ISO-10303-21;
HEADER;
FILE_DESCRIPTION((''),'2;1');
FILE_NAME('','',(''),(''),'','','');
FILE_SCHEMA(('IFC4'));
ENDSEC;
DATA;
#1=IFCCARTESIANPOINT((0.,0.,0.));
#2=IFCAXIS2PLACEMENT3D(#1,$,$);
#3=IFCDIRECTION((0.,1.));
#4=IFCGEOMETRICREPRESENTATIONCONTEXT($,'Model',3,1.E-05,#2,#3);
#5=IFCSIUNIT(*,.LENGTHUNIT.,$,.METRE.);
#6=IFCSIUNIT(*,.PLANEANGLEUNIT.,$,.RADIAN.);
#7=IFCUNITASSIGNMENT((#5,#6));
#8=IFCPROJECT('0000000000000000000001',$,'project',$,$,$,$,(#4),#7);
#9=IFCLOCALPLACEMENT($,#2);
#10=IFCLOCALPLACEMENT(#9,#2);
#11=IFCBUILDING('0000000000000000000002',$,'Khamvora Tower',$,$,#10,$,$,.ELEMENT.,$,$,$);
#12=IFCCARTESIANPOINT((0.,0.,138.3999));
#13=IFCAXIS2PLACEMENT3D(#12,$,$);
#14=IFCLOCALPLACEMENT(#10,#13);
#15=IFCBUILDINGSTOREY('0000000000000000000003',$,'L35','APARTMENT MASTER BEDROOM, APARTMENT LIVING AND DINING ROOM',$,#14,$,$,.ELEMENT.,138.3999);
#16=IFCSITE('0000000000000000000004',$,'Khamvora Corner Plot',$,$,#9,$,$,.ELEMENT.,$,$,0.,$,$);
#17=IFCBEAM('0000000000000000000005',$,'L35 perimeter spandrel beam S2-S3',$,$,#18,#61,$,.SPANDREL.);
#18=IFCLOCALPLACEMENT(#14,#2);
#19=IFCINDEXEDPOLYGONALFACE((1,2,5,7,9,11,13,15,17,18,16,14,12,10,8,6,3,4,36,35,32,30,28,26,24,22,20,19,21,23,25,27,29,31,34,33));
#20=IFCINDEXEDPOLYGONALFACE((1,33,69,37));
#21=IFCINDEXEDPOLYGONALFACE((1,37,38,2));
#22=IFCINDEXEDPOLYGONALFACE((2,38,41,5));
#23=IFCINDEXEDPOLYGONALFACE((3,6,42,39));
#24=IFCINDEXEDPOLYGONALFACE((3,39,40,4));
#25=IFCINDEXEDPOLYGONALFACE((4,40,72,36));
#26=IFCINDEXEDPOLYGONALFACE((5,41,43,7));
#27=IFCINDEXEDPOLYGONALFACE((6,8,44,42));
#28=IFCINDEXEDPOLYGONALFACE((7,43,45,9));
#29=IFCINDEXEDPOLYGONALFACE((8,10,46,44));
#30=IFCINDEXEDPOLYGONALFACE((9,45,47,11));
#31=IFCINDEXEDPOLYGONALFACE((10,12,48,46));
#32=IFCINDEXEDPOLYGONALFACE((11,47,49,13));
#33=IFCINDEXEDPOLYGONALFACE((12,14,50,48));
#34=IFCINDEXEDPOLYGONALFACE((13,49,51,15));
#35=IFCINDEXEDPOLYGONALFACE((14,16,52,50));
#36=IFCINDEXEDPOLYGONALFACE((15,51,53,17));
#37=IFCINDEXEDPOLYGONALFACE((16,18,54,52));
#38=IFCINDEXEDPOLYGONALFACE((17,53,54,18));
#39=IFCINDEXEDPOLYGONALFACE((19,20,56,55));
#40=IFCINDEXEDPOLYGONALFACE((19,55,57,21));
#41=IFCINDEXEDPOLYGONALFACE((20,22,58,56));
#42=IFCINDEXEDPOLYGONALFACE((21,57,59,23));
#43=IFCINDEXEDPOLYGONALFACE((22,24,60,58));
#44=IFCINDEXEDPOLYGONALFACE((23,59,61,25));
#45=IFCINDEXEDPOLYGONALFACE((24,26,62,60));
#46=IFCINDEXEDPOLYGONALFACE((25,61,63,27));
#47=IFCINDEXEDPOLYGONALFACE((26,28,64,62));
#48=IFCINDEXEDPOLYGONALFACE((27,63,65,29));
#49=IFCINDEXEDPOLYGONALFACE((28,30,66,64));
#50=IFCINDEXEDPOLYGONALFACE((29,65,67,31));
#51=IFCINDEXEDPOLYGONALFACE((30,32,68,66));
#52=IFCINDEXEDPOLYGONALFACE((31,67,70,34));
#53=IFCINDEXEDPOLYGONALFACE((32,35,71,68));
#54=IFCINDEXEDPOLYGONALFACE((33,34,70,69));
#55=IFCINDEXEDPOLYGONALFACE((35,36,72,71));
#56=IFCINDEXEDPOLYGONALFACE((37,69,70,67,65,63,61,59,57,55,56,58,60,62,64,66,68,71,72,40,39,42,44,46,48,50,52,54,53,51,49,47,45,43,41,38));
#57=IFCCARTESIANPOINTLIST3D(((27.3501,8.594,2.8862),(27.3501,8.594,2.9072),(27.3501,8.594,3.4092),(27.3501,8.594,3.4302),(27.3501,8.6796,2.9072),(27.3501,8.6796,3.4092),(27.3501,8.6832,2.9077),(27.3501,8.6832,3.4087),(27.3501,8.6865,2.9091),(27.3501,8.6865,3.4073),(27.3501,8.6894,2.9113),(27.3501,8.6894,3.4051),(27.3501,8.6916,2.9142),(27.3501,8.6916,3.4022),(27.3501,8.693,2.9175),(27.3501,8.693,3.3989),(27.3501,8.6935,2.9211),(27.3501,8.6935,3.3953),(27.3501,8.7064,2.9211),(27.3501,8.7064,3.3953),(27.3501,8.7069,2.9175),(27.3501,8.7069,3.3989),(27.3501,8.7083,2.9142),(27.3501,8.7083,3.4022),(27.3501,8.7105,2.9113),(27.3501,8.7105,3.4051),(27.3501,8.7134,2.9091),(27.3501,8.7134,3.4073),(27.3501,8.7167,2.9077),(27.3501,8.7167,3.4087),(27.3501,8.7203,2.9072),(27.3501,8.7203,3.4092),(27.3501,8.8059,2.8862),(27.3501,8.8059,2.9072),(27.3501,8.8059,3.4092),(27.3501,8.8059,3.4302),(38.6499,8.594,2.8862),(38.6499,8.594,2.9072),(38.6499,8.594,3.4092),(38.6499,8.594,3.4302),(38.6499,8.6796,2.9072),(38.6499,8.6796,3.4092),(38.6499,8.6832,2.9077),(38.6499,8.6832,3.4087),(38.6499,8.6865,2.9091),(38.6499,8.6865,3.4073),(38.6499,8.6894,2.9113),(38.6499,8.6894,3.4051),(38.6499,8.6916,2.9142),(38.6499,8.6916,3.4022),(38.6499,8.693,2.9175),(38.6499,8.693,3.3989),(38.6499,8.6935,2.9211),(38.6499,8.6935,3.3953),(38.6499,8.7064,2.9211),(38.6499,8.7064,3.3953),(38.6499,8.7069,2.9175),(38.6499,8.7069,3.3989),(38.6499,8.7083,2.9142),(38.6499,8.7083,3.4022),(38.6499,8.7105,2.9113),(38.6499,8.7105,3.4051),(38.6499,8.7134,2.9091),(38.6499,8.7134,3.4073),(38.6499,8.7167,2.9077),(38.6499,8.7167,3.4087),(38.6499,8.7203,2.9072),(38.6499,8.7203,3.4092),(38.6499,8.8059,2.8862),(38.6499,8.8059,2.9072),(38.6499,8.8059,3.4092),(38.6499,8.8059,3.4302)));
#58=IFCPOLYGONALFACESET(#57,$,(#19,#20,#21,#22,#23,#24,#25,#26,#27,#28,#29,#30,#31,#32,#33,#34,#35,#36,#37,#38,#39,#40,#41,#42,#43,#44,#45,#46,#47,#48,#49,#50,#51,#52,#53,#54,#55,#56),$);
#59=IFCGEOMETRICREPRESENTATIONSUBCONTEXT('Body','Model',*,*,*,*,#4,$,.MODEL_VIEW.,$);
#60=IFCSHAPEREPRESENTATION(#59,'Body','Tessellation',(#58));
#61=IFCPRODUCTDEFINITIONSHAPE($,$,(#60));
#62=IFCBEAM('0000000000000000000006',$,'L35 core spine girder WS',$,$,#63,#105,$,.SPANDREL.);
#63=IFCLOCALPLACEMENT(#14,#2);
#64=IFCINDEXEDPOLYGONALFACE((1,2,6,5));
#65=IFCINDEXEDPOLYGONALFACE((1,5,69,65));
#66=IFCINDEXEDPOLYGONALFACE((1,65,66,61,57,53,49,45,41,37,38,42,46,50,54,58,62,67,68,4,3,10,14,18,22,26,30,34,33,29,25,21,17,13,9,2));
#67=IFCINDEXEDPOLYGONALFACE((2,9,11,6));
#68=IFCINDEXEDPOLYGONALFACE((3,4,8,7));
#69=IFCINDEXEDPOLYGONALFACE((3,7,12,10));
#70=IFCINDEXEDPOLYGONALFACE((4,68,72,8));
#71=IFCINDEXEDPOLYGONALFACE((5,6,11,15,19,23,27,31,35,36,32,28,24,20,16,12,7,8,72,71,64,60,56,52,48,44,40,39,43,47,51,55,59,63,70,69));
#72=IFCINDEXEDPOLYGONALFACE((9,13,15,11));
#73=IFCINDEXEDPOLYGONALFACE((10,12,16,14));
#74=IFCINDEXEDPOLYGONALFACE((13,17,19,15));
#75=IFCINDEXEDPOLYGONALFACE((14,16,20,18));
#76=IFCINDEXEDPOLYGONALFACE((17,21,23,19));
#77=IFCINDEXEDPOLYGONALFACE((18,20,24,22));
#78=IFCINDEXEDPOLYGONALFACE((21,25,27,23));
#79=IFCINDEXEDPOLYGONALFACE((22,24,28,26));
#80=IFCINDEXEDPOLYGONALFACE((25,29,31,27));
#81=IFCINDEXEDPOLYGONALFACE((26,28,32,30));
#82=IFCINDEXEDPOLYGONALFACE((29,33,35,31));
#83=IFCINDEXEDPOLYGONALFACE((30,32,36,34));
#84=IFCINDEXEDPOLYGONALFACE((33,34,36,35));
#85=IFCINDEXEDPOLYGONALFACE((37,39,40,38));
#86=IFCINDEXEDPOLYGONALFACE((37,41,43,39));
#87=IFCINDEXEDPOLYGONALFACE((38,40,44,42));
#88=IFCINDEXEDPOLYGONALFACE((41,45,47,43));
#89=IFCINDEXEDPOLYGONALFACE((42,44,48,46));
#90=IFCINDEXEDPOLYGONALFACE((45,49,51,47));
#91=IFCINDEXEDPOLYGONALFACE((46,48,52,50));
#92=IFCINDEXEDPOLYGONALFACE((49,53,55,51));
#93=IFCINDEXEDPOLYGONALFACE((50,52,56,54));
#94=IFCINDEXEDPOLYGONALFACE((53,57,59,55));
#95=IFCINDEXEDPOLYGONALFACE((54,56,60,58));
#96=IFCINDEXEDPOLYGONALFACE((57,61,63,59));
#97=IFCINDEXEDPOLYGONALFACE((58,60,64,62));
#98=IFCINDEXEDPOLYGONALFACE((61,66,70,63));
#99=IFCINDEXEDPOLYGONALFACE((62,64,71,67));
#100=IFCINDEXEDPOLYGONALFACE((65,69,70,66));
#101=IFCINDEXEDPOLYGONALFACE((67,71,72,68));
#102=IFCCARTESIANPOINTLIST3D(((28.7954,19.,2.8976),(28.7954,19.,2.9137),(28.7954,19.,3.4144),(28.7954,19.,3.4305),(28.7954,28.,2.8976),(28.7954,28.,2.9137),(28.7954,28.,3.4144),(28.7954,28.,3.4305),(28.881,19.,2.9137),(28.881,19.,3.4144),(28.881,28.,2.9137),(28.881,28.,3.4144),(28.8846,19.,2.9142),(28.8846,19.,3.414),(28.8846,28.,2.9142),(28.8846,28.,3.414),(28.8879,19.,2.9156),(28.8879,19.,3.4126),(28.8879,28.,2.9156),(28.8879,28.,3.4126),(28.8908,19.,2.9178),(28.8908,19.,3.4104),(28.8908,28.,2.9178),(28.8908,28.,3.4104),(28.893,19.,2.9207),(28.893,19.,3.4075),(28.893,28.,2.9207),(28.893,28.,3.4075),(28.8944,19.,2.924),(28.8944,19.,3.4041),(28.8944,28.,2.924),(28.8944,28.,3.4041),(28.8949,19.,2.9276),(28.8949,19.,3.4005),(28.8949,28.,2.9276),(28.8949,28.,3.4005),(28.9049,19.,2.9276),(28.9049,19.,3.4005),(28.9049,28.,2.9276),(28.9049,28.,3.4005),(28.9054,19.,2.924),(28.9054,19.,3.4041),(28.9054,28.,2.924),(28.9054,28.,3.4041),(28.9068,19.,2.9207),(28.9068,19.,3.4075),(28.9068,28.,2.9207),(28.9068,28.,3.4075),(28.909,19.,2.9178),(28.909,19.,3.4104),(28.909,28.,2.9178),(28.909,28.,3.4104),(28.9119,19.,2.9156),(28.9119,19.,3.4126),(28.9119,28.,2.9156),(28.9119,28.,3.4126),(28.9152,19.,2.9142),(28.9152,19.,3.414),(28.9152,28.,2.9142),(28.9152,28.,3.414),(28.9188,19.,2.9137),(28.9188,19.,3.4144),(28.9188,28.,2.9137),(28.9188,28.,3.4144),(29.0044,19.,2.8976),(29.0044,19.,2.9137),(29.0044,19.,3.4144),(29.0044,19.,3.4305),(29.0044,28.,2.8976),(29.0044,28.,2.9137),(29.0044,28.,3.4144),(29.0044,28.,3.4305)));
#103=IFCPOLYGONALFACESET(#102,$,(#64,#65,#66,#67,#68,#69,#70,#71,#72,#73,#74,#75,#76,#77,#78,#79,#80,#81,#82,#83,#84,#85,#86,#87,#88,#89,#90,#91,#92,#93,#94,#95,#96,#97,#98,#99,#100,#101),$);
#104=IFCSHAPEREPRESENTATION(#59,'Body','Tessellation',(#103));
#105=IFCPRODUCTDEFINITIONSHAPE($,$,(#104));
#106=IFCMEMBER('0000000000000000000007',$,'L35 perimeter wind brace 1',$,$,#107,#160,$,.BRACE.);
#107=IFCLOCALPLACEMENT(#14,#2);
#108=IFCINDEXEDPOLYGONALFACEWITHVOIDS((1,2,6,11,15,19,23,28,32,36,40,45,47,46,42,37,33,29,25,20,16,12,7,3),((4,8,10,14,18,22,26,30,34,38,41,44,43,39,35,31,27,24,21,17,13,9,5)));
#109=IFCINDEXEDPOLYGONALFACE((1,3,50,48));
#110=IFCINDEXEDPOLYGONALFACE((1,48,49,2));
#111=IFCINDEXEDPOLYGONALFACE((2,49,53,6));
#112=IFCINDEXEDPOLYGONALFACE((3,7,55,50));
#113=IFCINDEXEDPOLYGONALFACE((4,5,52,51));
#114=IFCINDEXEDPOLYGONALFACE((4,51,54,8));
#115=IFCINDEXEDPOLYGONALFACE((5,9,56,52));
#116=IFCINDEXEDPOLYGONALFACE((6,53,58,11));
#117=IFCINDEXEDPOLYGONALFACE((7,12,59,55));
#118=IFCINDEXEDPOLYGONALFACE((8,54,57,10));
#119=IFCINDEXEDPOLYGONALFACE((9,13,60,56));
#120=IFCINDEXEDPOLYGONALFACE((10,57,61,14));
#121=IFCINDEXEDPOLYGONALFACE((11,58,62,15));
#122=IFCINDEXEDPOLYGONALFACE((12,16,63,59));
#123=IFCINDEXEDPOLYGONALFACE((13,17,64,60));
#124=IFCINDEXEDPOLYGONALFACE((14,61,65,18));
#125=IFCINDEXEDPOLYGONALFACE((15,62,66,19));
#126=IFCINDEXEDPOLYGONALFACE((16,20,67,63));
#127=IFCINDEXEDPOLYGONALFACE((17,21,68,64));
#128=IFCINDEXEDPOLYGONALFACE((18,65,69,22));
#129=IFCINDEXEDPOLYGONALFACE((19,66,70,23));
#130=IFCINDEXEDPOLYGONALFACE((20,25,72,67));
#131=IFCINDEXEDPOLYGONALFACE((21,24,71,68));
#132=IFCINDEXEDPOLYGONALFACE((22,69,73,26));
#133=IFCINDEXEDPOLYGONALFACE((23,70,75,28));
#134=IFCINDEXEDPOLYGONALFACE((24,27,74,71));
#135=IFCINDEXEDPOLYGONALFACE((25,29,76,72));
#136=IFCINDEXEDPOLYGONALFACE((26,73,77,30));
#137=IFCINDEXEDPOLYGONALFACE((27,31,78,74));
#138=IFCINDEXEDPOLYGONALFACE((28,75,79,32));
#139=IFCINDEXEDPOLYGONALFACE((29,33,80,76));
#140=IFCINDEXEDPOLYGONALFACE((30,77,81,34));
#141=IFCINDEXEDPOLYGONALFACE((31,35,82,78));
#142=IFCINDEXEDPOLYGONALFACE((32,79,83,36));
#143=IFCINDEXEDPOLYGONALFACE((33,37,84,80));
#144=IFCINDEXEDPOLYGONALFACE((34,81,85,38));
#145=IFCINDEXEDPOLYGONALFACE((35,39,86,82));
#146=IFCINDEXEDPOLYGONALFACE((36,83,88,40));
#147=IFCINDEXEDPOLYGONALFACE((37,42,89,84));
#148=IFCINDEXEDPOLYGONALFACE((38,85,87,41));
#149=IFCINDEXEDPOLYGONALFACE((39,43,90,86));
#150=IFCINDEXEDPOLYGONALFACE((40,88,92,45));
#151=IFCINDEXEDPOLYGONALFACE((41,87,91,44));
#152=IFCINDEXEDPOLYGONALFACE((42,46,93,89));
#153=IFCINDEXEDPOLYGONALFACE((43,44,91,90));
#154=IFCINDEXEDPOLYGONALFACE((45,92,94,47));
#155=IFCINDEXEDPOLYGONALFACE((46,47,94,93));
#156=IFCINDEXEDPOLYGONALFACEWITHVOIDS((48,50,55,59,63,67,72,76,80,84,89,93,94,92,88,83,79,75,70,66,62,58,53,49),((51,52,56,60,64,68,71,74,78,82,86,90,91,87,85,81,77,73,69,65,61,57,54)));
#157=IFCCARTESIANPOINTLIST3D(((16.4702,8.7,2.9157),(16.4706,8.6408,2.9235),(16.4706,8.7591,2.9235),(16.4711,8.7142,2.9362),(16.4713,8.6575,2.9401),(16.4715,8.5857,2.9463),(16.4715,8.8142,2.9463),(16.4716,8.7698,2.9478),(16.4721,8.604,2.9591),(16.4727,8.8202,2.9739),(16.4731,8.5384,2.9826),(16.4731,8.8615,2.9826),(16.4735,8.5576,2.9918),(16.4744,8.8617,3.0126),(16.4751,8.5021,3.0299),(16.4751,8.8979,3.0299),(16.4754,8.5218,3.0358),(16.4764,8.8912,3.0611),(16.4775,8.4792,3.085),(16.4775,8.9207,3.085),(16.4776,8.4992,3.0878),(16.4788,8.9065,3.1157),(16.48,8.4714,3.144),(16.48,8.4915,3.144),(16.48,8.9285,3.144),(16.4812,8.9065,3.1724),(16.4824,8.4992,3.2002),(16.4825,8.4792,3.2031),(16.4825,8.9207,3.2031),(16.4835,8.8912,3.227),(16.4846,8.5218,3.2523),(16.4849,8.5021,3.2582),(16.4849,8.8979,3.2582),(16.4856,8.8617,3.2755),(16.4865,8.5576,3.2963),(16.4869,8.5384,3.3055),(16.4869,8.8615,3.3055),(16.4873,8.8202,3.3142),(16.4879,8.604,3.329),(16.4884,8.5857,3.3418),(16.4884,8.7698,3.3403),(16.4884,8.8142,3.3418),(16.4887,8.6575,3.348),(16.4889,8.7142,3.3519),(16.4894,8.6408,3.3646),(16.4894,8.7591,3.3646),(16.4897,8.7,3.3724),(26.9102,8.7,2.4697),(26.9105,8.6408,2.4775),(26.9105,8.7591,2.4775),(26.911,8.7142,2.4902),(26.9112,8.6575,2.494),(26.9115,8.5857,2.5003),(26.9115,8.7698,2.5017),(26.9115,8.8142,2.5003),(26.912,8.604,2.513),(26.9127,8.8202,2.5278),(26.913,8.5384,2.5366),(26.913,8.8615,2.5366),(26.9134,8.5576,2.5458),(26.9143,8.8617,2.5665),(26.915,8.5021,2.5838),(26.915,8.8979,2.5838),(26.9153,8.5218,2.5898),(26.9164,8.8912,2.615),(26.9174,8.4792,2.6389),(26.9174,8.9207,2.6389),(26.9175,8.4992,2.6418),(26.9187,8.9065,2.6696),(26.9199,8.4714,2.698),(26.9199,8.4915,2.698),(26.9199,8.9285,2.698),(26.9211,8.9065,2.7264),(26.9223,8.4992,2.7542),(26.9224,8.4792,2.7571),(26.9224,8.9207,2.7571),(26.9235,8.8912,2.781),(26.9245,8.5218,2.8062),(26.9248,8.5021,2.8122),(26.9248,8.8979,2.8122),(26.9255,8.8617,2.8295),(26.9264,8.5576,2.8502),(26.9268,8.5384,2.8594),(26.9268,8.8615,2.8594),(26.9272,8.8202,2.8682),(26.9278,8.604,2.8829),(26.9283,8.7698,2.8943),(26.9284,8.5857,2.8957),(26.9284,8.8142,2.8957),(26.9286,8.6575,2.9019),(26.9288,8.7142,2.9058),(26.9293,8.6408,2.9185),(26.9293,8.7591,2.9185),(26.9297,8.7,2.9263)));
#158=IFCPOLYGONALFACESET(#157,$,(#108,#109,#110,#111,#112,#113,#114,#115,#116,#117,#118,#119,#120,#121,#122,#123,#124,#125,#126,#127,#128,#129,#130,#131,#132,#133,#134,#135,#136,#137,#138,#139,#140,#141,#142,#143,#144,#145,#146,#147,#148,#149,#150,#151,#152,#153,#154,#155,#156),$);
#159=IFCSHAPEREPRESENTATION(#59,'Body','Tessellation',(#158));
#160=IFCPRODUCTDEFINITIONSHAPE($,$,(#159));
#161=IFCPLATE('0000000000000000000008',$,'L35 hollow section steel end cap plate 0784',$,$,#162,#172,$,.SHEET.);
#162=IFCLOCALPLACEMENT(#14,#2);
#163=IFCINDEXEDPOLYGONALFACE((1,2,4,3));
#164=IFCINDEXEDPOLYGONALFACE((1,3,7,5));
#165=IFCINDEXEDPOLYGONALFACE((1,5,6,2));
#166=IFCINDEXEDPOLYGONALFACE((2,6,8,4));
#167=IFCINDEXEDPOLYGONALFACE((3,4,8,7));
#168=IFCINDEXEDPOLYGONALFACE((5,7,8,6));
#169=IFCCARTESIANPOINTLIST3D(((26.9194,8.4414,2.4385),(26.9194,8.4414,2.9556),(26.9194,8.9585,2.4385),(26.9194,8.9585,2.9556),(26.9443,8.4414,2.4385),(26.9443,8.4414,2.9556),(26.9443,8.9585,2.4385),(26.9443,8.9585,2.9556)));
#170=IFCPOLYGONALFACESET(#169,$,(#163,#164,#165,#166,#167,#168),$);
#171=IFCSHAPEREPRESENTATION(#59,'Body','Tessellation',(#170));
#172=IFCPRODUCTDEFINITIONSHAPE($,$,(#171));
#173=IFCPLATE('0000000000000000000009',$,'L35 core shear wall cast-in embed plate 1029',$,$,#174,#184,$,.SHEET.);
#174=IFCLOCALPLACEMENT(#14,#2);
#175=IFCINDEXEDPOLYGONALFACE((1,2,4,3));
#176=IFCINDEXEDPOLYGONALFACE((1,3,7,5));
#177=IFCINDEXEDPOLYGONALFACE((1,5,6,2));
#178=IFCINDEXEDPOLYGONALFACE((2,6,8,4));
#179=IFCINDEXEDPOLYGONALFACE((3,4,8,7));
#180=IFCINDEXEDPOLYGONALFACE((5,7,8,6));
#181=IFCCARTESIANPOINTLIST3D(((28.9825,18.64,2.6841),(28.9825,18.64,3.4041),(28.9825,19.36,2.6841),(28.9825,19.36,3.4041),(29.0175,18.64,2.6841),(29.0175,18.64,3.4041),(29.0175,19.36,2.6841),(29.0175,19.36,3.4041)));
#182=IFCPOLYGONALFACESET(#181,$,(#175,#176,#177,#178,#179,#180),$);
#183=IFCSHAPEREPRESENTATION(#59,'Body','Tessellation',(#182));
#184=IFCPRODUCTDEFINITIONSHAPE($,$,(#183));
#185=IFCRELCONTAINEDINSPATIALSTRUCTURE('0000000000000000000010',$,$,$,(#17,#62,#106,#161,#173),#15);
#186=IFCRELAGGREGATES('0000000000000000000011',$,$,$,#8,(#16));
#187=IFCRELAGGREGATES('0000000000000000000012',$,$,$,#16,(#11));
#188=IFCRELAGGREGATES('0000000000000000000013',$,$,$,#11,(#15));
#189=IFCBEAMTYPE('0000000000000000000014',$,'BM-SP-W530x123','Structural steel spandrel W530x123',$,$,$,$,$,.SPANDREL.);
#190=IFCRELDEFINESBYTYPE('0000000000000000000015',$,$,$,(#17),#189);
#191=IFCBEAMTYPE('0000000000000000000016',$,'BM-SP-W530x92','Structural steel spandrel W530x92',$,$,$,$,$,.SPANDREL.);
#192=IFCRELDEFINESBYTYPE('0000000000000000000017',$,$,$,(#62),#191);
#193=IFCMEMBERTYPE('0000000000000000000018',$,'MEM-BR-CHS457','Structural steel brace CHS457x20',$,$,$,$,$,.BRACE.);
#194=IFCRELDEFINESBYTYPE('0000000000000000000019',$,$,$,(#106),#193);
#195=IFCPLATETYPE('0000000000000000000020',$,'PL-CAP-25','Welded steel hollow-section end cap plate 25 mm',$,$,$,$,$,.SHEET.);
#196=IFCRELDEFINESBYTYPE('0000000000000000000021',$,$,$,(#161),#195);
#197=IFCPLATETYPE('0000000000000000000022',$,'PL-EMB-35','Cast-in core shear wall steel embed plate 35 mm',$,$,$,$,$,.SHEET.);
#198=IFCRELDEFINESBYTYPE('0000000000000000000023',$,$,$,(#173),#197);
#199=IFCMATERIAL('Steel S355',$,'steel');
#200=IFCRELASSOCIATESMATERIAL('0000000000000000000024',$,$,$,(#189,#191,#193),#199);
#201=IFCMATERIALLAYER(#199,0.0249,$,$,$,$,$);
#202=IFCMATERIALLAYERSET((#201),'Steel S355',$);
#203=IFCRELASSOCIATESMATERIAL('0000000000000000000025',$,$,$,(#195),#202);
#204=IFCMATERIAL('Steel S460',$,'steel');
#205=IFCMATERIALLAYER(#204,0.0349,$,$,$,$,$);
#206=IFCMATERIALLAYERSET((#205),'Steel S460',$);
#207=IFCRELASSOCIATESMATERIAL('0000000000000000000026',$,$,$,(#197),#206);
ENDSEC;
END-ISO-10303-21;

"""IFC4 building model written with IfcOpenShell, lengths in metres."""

from ifc_helpers import new_model, si_unit, direction, frame, origin, origin_2d, place, context, subcontext, project, spatial, rectangle, hollow_circle, i_section, extrude, material, layer, layer_set, material_profile, profile_set, type_object, element, save


model = new_model("IFC4")

# Units and contexts
model_context = context("Model", 3, precision=1e-05, world=origin(), true_north=direction((0.0, 1.0)))
body_context = subcontext(model_context, "Body", "Model", "MODEL_VIEW")
ifc_project = project(units=[si_unit("LENGTHUNIT", "METRE"), si_unit("PLANEANGLEUNIT", "RADIAN")], contexts=[model_context])

# Site, building, storey
site_placement = place(None, origin())
site = spatial("IfcSite", under=ifc_project, at=site_placement, Name="Khamvora Corner Plot", CompositionType="ELEMENT", RefElevation=0.0)
building_placement = place(site_placement, origin())
building = spatial("IfcBuilding", under=site, at=building_placement, Name="Khamvora Tower", CompositionType="ELEMENT")
storey_placement = place(building_placement, frame((0.0, 0.0, 138.3999)))
storey = spatial("IfcBuildingStorey", under=building, at=storey_placement, Name="L35", Description="APARTMENT MASTER BEDROOM, APARTMENT LIVING AND DINING ROOM", CompositionType="ELEMENT", Elevation=138.3999)

# Shared definitions
ifc_material_1 = material(Name="Steel S460", Category="steel")
ifc_material_2 = material(Name="Steel S355", Category="steel")

# Beams
ifc_material_profile_1 = material_profile(ifc_material_2, i_section(OverallWidth=0.2119, OverallDepth=0.5439, WebThickness=0.0129, FlangeThickness=0.021, FilletRadius=0.0139, at=origin_2d()), Name="W530x123")
ifc_profile_set_1 = profile_set([ifc_material_profile_1], Name="Steel S355")
beam_type_1 = type_object("IfcBeamType", Name="BM-SP-W530x123", Description="Structural steel spandrel W530x123", PredefinedType="SPANDREL", material=ifc_profile_set_1)
beam_1_placement = place(storey_placement, frame((27.3501, 8.7, 3.1582), z_axis=(1.0, 0.0, 0.0), x_axis=(0.0, 1.0, 0.0)))
element("IfcBeam", 1, at=beam_1_placement, inside=storey, type_object=beam_type_1, Name="L35 perimeter spandrel beam S2-S3", PredefinedType="SPANDREL", context=body_context, shape_type="SweptSolid", body=[
    extrude(i_section(OverallWidth=0.2119, OverallDepth=0.5439, WebThickness=0.0129, FlangeThickness=0.021, FilletRadius=0.0139, at=origin_2d()), origin(), (0.0, 0.0, 1.0), 11.2998),
])
ifc_material_profile_2 = material_profile(ifc_material_2, i_section(OverallWidth=0.209, OverallDepth=0.533, WebThickness=0.01, FlangeThickness=0.0161, FilletRadius=0.0139, at=origin_2d()), Name="W530x92")
ifc_profile_set_2 = profile_set([ifc_material_profile_2], Name="Steel S355")
beam_type_2 = type_object("IfcBeamType", Name="BM-SP-W530x92", Description="Structural steel spandrel W530x92", PredefinedType="SPANDREL", material=ifc_profile_set_2)
beam_2_placement = place(storey_placement, frame((28.8999, 19.0, 3.1641), z_axis=(0.0, 1.0, 0.0), x_axis=(-1.0, 0.0, 0.0)))
element("IfcBeam", 2, at=beam_2_placement, inside=storey, type_object=beam_type_2, Name="L35 core spine girder WS", PredefinedType="SPANDREL", context=body_context, shape_type="SweptSolid", body=[
    extrude(i_section(OverallWidth=0.209, OverallDepth=0.533, WebThickness=0.01, FlangeThickness=0.0161, FilletRadius=0.0139, at=origin_2d()), origin(), (0.0, 0.0, 1.0), 9.0),
])

# Member
ifc_material_profile_3 = material_profile(ifc_material_2, hollow_circle(Radius=0.2285, WallThickness=0.02, at=origin_2d()), Name="CHS457x20")
ifc_profile_set_3 = profile_set([ifc_material_profile_3], Name="Steel S355")
member_type = type_object("IfcMemberType", Name="MEM-BR-CHS457", Description="Structural steel brace CHS457x20", PredefinedType="BRACE", material=ifc_profile_set_3)
member_placement = place(storey_placement, frame((26.9199, 8.7, 2.698), z_axis=(-0.999089, 0.0, 0.042686), x_axis=(0.0, -1.0, 0.0)))
element("IfcMember", 3, at=member_placement, inside=storey, type_object=member_type, Name="L35 perimeter wind brace 1", PredefinedType="BRACE", context=body_context, shape_type="SweptSolid", body=[
    extrude(hollow_circle(Radius=0.2285, WallThickness=0.02, at=origin_2d()), origin(), (0.0, 0.0, 1.0), 10.4495),
])

# Plates
ifc_layer_1 = layer(ifc_material_2, 0.0249)
ifc_layer_set_1 = layer_set([ifc_layer_1], Name="Steel S355")
plate_type_1 = type_object("IfcPlateType", Name="PL-CAP-25", Description="Welded steel hollow-section end cap plate 25 mm", PredefinedType="SHEET", material=ifc_layer_set_1)
plate_1_placement = place(storey_placement, frame((26.9319, 8.7, 2.4385), z_axis=(0.0, 0.0, 1.0), x_axis=(-1.0, 0.0, 0.0)))
element("IfcPlate", 4, at=plate_1_placement, inside=storey, type_object=plate_type_1, Name="L35 hollow section steel end cap plate 0784", PredefinedType="SHEET", context=body_context, shape_type="SweptSolid", body=[
    extrude(rectangle(XDim=0.0249, YDim=0.5171, at=origin_2d()), origin(), (0.0, 0.0, 1.0), 0.5171),
])
ifc_layer_2 = layer(ifc_material_1, 0.0349)
ifc_layer_set_2 = layer_set([ifc_layer_2], Name="Steel S460")
plate_type_2 = type_object("IfcPlateType", Name="PL-EMB-35", Description="Cast-in core shear wall steel embed plate 35 mm", PredefinedType="SHEET", material=ifc_layer_set_2)
for number, where, z_axis, x_axis, name in (
    (5, (29.0, 19.0, 2.6841), (0.0, 0.0, 1.0), (1.0, 0.0, 0.0), "L35 core shear wall cast-in embed plate 1029"),
):
    element("IfcPlate", number, at=place(storey_placement, frame(where, z_axis=z_axis, x_axis=x_axis)), inside=storey, type_object=plate_type_2, Name=name, PredefinedType="SHEET", context=body_context, shape_type="SweptSolid", body=[
        extrude(rectangle(XDim=0.0349, YDim=0.72, at=origin_2d()), origin(), (0.0, 0.0, 1.0), 0.72),
    ])

save(model, "model.ifc")
